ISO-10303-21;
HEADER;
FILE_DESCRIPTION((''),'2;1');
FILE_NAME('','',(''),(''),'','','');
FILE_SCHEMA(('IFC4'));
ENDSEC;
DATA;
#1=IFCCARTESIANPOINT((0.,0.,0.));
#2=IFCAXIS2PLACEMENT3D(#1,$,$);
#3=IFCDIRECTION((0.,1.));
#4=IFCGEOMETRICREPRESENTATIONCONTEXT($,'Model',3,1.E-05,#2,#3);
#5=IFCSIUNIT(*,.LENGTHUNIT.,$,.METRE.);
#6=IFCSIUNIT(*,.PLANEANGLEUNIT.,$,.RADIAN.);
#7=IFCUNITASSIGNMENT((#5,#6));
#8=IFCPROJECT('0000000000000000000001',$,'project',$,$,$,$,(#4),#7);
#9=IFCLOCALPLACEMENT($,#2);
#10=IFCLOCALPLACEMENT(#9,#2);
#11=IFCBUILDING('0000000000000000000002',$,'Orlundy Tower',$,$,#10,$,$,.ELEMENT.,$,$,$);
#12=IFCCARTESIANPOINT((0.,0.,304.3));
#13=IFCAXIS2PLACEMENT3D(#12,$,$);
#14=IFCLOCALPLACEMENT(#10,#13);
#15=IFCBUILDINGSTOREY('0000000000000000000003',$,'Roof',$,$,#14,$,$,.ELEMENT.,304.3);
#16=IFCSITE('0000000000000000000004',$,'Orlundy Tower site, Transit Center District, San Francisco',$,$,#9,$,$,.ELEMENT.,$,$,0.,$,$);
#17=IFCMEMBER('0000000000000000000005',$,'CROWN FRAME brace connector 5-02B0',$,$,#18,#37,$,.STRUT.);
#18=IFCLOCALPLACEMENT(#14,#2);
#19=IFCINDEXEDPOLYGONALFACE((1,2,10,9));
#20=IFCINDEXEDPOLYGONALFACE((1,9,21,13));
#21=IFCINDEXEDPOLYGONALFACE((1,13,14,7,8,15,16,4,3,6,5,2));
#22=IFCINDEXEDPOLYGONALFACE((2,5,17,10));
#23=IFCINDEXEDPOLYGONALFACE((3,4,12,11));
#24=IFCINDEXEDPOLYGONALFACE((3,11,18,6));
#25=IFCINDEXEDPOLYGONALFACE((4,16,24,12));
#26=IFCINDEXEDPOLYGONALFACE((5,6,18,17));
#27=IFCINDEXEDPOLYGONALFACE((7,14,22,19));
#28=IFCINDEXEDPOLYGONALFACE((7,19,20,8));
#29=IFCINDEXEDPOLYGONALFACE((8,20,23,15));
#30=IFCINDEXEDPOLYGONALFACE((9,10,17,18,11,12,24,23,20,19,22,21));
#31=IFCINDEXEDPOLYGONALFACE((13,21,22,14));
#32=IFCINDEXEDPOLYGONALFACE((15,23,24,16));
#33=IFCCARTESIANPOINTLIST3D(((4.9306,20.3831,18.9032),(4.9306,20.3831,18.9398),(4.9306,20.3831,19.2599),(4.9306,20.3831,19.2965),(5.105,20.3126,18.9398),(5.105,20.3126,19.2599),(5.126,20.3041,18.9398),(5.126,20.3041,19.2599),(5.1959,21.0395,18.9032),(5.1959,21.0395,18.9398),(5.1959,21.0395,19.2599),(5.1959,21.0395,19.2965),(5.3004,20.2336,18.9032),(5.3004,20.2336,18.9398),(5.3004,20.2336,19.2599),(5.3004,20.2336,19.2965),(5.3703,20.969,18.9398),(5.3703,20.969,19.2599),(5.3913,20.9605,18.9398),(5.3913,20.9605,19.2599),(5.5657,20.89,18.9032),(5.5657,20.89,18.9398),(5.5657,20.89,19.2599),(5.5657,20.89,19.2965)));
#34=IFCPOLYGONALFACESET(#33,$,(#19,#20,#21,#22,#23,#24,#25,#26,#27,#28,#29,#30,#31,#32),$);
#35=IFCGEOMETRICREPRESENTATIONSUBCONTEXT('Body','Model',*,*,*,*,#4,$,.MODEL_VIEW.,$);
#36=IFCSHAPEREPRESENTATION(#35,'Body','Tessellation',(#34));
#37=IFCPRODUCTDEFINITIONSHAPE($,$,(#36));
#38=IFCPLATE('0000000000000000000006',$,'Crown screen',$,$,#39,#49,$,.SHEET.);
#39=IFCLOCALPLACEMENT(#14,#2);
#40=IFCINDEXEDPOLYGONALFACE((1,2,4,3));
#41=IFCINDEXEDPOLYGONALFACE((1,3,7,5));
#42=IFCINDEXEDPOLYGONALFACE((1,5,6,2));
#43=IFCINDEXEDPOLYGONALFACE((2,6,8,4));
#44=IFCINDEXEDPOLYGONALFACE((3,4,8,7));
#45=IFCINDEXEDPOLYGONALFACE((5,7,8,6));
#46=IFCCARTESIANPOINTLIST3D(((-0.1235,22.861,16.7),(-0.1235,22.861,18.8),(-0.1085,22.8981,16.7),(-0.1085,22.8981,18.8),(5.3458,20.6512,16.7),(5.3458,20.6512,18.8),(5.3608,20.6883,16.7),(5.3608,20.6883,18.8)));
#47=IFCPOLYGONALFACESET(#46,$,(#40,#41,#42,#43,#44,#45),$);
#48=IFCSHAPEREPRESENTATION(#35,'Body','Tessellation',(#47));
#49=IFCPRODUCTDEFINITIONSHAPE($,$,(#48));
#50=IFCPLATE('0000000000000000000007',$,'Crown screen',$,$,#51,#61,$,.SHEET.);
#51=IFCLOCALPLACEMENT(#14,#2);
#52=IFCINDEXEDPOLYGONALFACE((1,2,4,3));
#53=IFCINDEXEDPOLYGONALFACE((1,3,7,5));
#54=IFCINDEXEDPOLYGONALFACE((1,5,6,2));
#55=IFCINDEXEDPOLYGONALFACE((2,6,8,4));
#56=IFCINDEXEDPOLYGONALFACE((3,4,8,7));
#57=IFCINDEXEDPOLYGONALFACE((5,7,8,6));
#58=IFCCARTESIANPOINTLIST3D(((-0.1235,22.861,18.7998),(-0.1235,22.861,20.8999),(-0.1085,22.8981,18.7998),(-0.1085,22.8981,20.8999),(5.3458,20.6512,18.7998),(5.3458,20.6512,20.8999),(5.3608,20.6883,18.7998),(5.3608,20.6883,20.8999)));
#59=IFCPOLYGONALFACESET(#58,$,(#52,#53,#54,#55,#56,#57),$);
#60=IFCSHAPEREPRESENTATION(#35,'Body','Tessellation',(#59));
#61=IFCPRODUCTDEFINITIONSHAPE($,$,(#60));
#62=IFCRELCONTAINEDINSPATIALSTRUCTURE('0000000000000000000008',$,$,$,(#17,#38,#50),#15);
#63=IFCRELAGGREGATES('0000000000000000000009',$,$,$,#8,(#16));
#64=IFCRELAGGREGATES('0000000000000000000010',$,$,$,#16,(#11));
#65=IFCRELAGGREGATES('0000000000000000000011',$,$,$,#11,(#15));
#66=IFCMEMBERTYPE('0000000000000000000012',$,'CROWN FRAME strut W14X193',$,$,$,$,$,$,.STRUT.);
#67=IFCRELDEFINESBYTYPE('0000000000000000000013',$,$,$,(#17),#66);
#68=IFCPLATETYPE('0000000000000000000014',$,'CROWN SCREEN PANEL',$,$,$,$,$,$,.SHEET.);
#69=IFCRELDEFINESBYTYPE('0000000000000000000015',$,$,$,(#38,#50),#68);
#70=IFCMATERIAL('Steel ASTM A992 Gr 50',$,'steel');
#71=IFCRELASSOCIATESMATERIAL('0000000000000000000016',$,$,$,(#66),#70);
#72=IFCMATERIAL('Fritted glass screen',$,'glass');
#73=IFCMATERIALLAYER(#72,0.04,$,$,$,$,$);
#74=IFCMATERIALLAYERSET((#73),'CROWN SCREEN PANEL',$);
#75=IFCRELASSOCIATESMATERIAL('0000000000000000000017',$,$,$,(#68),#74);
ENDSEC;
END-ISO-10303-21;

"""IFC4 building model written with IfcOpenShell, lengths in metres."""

from ifc_helpers import new_model, si_unit, direction, frame, origin, origin_2d, place, context, subcontext, project, spatial, rectangle, i_section, extrude, material, layer, layer_set, material_profile, profile_set, type_object, element, save


model = new_model("IFC4")

# Units and contexts
model_context = context("Model", 3, precision=1e-05, world=origin(), true_north=direction((0.0, 1.0)))
body_context = subcontext(model_context, "Body", "Model", "MODEL_VIEW")
ifc_project = project(units=[si_unit("LENGTHUNIT", "METRE"), si_unit("PLANEANGLEUNIT", "RADIAN")], contexts=[model_context])

# Site, building, storey
site_placement = place(None, origin())
site = spatial("IfcSite", under=ifc_project, at=site_placement, Name="Orlundy Tower site, Transit Center District, San Francisco", CompositionType="ELEMENT", RefElevation=0.0)
building_placement = place(site_placement, origin())
building = spatial("IfcBuilding", under=site, at=building_placement, Name="Orlundy Tower", CompositionType="ELEMENT")
storey_placement = place(building_placement, frame((0.0, 0.0, 304.3)))
storey = spatial("IfcBuildingStorey", under=building, at=storey_placement, Name="Roof", CompositionType="ELEMENT", Elevation=304.3)

# Member
ifc_material_1 = material(Name="Steel ASTM A992 Gr 50", Category="steel")
ifc_material_profile_1 = material_profile(ifc_material_1, i_section(OverallWidth=0.3989, OverallDepth=0.3933, WebThickness=0.0227, FlangeThickness=0.0366, at=origin_2d()), Name="W14X193")
ifc_profile_set_1 = profile_set([ifc_material_profile_1], Name="Steel ASTM A992 Gr 50")
member_type_1 = type_object("IfcMemberType", Name="CROWN FRAME strut W14X193", PredefinedType="STRUT", material=ifc_profile_set_1)
member_1_placement = place(storey_placement, frame((5.1155, 20.3083, 19.0999), z_axis=(0.374777, 0.927115, 0.0), x_axis=(-0.927115, 0.374777, 0.0)))
element("IfcMember", 1, at=member_1_placement, inside=storey, type_object=member_type_1, Name="CROWN FRAME brace connector 5-02B0", PredefinedType="STRUT", context=body_context, shape_type="SweptSolid", body=[
    extrude(i_section(OverallWidth=0.3989, OverallDepth=0.3933, WebThickness=0.0227, FlangeThickness=0.0366, at=origin_2d()), origin(), (0.0, 0.0, 1.0), 0.708),
])

# Plates
ifc_material_2 = material(Name="Fritted glass screen", Category="glass")
ifc_layer = layer(ifc_material_2, 0.04)
ifc_layer_set = layer_set([ifc_layer], Name="CROWN SCREEN PANEL")
plate_type = type_object("IfcPlateType", Name="CROWN SCREEN PANEL", PredefinedType="SHEET", material=ifc_layer_set)
for number, where, z_axis, x_axis, name in (
    (2, (2.6187, 21.7747, 16.7), (0.0, 0.0, 1.0), (-0.927182, 0.374612, 0.0), "Crown screen"),
    (3, (2.6187, 21.7747, 18.7998), (0.0, 0.0, 1.0), (-0.927182, 0.374612, 0.0), "Crown screen"),
):
    element("IfcPlate", number, at=place(storey_placement, frame(where, z_axis=z_axis, x_axis=x_axis)), inside=storey, type_object=plate_type, Name=name, PredefinedType="SHEET", context=body_context, shape_type="SweptSolid", body=[
        extrude(rectangle(XDim=5.8989, YDim=0.04, at=origin_2d()), origin(), (0.0, 0.0, 1.0), 2.1001),
    ])

save(model, "model.ifc")
